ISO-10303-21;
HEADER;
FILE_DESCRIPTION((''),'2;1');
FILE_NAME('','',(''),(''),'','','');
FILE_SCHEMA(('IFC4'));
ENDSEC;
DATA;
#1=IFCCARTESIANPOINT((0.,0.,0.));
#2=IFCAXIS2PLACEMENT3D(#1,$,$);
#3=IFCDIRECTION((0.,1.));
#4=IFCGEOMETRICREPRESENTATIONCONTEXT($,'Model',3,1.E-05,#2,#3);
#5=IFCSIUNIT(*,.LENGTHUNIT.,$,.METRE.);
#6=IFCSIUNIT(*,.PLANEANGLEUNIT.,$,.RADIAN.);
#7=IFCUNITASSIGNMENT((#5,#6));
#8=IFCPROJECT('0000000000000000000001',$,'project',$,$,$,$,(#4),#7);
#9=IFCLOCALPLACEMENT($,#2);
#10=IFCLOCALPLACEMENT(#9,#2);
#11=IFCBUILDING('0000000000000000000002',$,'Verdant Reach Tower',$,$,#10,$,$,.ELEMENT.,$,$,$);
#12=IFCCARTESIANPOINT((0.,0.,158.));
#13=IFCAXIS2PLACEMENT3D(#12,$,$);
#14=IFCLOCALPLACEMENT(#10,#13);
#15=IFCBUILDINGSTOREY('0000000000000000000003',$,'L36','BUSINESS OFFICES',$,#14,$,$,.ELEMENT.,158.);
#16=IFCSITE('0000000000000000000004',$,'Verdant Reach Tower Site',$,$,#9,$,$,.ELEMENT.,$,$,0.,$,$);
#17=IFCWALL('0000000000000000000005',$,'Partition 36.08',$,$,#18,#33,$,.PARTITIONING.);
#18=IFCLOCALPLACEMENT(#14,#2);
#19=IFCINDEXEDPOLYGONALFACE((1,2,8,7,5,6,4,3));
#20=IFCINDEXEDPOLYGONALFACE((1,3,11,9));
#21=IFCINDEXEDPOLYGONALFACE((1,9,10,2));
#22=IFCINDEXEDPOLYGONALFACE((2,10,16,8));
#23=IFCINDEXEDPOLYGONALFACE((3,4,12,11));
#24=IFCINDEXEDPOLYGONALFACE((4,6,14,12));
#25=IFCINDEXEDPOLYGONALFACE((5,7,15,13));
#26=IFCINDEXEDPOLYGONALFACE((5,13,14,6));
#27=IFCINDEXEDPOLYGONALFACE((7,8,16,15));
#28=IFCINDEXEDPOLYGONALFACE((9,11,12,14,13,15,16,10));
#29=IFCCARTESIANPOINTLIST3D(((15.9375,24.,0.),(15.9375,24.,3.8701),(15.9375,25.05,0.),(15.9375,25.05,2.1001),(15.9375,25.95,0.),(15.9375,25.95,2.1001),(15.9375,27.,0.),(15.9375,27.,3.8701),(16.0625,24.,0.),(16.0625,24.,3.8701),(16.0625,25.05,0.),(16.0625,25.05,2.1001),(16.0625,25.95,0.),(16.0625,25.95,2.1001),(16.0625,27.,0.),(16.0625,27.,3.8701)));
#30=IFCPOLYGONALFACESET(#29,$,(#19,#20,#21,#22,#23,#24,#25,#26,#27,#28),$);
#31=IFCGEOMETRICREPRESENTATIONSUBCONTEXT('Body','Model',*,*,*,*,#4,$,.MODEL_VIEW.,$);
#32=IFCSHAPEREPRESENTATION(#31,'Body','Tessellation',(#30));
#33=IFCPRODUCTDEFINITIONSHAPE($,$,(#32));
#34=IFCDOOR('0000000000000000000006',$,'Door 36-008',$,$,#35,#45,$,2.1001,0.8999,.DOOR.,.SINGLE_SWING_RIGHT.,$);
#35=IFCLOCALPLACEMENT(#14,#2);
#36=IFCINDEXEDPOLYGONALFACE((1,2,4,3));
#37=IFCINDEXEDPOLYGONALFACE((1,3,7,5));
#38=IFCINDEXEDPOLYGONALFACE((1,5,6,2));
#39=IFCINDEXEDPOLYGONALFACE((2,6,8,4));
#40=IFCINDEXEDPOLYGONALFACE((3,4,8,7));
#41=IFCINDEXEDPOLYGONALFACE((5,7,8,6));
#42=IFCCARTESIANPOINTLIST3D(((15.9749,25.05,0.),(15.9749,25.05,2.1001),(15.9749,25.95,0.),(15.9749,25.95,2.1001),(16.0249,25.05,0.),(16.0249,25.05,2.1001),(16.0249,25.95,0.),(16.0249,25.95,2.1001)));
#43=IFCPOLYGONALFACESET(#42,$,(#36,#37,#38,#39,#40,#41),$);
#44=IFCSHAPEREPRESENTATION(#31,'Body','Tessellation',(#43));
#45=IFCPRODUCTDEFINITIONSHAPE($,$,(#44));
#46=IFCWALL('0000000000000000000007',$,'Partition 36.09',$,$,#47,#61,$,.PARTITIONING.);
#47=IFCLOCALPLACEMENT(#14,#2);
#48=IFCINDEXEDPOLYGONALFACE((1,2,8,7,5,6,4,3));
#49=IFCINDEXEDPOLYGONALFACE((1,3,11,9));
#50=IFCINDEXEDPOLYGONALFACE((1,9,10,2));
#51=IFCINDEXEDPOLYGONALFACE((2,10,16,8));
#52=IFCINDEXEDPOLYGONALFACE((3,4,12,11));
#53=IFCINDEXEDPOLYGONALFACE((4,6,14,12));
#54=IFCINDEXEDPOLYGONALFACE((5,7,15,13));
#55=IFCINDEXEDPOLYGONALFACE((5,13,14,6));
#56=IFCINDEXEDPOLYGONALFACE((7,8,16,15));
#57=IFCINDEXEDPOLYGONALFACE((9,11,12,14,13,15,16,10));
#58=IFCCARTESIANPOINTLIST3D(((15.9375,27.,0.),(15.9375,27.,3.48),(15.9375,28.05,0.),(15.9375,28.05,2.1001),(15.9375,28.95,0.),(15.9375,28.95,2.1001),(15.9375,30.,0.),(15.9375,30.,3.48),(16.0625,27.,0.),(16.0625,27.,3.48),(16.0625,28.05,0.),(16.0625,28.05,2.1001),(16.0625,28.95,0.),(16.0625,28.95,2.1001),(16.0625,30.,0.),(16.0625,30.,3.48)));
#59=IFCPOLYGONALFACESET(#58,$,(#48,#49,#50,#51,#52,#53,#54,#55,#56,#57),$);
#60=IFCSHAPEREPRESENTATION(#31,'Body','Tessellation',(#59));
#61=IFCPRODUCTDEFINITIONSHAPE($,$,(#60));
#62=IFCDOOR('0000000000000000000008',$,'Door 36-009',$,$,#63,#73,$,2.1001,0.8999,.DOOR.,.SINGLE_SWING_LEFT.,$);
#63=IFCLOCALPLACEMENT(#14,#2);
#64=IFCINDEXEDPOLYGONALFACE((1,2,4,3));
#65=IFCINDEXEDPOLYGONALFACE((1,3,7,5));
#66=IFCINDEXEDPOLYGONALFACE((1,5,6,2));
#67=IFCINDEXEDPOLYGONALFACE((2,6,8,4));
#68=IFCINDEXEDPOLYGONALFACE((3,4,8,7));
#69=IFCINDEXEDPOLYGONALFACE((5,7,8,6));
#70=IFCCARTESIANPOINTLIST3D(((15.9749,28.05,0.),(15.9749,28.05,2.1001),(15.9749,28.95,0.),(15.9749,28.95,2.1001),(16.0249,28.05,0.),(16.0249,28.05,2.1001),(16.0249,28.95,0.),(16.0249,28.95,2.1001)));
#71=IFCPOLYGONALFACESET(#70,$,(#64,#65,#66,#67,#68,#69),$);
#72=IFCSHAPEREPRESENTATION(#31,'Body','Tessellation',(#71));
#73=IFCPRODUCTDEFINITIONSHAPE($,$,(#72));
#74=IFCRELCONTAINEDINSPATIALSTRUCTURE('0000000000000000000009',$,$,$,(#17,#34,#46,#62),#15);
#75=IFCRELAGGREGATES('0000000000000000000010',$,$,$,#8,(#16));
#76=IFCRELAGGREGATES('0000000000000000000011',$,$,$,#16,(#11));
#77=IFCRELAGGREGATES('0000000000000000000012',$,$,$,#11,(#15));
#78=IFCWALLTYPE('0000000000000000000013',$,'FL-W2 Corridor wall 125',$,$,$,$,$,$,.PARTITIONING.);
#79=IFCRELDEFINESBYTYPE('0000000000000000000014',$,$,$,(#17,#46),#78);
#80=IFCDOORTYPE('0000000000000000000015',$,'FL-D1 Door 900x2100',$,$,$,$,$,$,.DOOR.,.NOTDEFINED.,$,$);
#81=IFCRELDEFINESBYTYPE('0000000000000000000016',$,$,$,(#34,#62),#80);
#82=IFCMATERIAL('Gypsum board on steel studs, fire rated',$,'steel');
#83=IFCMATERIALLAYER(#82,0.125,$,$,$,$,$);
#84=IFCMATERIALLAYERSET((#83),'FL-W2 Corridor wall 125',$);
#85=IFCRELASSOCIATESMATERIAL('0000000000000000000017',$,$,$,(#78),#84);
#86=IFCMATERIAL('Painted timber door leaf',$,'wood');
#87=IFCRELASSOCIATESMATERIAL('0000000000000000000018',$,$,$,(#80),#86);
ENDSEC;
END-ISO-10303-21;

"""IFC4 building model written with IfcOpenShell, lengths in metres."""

from ifc_helpers import new_model, si_unit, direction, frame, frame_2d, origin, place, context, subcontext, project, spatial, rectangle, extrude, material, layer, layer_set, type_object, element, fill, save


model = new_model("IFC4")

# Units and contexts
model_context = context("Model", 3, precision=1e-05, world=origin(), true_north=direction((0.0, 1.0)))
body_context = subcontext(model_context, "Body", "Model", "MODEL_VIEW")
ifc_project = project(units=[si_unit("LENGTHUNIT", "METRE"), si_unit("PLANEANGLEUNIT", "RADIAN")], contexts=[model_context])

# Site, building, storey
site_placement = place(None, origin())
site = spatial("IfcSite", under=ifc_project, at=site_placement, Name="Verdant Reach Tower Site", CompositionType="ELEMENT", RefElevation=0.0)
building_placement = place(site_placement, origin())
building = spatial("IfcBuilding", under=site, at=building_placement, Name="Verdant Reach Tower", CompositionType="ELEMENT")
storey_placement = place(building_placement, frame((0.0, 0.0, 158.0)))
storey = spatial("IfcBuildingStorey", under=building, at=storey_placement, Name="L36", Description="BUSINESS OFFICES", CompositionType="ELEMENT", Elevation=158.0)

# Walls, openings, doors
ifc_material_1 = material(Name="Gypsum board on steel studs, fire rated", Category="steel")
ifc_layer_1 = layer(ifc_material_1, 0.125)
ifc_layer_set_1 = layer_set([ifc_layer_1], Name="FL-W2 Corridor wall 125")
wall_type_1 = type_object("IfcWallType", Name="FL-W2 Corridor wall 125", PredefinedType="PARTITIONING", material=ifc_layer_set_1)
ifc_material_2 = material(Name="Painted timber door leaf", Category="wood")
door_type_1 = type_object("IfcDoorType", Name="FL-D1 Door 900x2100", OperationType="NOTDEFINED", PredefinedType="DOOR", material=ifc_material_2)
wall_1_placement = place(storey_placement, frame((16.0, 27.0, 0.0), z_axis=(0.0, 0.0, 1.0), x_axis=(0.0, -1.0, 0.0)))
wall_1 = element("IfcWall", 1, at=wall_1_placement, inside=storey, type_object=wall_type_1, Name="Partition 36.08", PredefinedType="PARTITIONING", context=body_context, shape_type="SweptSolid", body=[
    extrude(rectangle(XDim=3.0, YDim=0.125, at=frame_2d((1.5, 0.0))), origin(), (0.0, 0.0, 1.0), 3.8701),
])
opening_1_placement = place(wall_1_placement, frame((1.05, 0.0, 0.0)))
opening_1 = element("IfcOpeningElement", 2, at=opening_1_placement, cuts=wall_1, PredefinedType="OPENING", context=body_context, shape_type="SweptSolid", body=[
    extrude(rectangle(XDim=0.8999, YDim=2.1001, at=frame_2d((0.45, 1.05))), frame((0.0, 0.0725, 0.0), z_axis=(0.0, -1.0, 0.0), x_axis=(1.0, 0.0, 0.0)), (0.0, 0.0, 1.0), 0.145),
])
door_1_placement = place(opening_1_placement, origin())
door_1 = element("IfcDoor", 3, at=door_1_placement, inside=storey, type_object=door_type_1, Name="Door 36-008", OperationType="SINGLE_SWING_RIGHT", OverallHeight=2.1001, OverallWidth=0.8999, PredefinedType="DOOR", context=body_context, shape_type="SweptSolid", body=[
    extrude(rectangle(XDim=0.8999, YDim=2.1001, at=frame_2d((0.45, 1.05))), frame((0.0, 0.0249, 0.0), z_axis=(0.0, -1.0, 0.0), x_axis=(1.0, 0.0, 0.0)), (0.0, 0.0, 1.0), 0.05),
])
fill(opening_1, door_1)
wall_2_placement = place(storey_placement, frame((16.0, 30.0, 0.0), z_axis=(0.0, 0.0, 1.0), x_axis=(0.0, -1.0, 0.0)))
wall_2 = element("IfcWall", 4, at=wall_2_placement, inside=storey, type_object=wall_type_1, Name="Partition 36.09", PredefinedType="PARTITIONING", context=body_context, shape_type="SweptSolid", body=[
    extrude(rectangle(XDim=3.0, YDim=0.125, at=frame_2d((1.5, 0.0))), origin(), (0.0, 0.0, 1.0), 3.48),
])
opening_2_placement = place(wall_2_placement, frame((1.05, 0.0, 0.0)))
opening_2 = element("IfcOpeningElement", 5, at=opening_2_placement, cuts=wall_2, PredefinedType="OPENING", context=body_context, shape_type="SweptSolid", body=[
    extrude(rectangle(XDim=0.8999, YDim=2.1001, at=frame_2d((0.45, 1.05))), frame((0.0, 0.0725, 0.0), z_axis=(0.0, -1.0, 0.0), x_axis=(1.0, 0.0, 0.0)), (0.0, 0.0, 1.0), 0.145),
])
door_2_placement = place(opening_2_placement, origin())
door_2 = element("IfcDoor", 6, at=door_2_placement, inside=storey, type_object=door_type_1, Name="Door 36-009", OperationType="SINGLE_SWING_LEFT", OverallHeight=2.1001, OverallWidth=0.8999, PredefinedType="DOOR", context=body_context, shape_type="SweptSolid", body=[
    extrude(rectangle(XDim=0.8999, YDim=2.1001, at=frame_2d((0.45, 1.05))), frame((0.0, 0.0249, 0.0), z_axis=(0.0, -1.0, 0.0), x_axis=(1.0, 0.0, 0.0)), (0.0, 0.0, 1.0), 0.05),
])
fill(opening_2, door_2)

save(model, "model.ifc")
